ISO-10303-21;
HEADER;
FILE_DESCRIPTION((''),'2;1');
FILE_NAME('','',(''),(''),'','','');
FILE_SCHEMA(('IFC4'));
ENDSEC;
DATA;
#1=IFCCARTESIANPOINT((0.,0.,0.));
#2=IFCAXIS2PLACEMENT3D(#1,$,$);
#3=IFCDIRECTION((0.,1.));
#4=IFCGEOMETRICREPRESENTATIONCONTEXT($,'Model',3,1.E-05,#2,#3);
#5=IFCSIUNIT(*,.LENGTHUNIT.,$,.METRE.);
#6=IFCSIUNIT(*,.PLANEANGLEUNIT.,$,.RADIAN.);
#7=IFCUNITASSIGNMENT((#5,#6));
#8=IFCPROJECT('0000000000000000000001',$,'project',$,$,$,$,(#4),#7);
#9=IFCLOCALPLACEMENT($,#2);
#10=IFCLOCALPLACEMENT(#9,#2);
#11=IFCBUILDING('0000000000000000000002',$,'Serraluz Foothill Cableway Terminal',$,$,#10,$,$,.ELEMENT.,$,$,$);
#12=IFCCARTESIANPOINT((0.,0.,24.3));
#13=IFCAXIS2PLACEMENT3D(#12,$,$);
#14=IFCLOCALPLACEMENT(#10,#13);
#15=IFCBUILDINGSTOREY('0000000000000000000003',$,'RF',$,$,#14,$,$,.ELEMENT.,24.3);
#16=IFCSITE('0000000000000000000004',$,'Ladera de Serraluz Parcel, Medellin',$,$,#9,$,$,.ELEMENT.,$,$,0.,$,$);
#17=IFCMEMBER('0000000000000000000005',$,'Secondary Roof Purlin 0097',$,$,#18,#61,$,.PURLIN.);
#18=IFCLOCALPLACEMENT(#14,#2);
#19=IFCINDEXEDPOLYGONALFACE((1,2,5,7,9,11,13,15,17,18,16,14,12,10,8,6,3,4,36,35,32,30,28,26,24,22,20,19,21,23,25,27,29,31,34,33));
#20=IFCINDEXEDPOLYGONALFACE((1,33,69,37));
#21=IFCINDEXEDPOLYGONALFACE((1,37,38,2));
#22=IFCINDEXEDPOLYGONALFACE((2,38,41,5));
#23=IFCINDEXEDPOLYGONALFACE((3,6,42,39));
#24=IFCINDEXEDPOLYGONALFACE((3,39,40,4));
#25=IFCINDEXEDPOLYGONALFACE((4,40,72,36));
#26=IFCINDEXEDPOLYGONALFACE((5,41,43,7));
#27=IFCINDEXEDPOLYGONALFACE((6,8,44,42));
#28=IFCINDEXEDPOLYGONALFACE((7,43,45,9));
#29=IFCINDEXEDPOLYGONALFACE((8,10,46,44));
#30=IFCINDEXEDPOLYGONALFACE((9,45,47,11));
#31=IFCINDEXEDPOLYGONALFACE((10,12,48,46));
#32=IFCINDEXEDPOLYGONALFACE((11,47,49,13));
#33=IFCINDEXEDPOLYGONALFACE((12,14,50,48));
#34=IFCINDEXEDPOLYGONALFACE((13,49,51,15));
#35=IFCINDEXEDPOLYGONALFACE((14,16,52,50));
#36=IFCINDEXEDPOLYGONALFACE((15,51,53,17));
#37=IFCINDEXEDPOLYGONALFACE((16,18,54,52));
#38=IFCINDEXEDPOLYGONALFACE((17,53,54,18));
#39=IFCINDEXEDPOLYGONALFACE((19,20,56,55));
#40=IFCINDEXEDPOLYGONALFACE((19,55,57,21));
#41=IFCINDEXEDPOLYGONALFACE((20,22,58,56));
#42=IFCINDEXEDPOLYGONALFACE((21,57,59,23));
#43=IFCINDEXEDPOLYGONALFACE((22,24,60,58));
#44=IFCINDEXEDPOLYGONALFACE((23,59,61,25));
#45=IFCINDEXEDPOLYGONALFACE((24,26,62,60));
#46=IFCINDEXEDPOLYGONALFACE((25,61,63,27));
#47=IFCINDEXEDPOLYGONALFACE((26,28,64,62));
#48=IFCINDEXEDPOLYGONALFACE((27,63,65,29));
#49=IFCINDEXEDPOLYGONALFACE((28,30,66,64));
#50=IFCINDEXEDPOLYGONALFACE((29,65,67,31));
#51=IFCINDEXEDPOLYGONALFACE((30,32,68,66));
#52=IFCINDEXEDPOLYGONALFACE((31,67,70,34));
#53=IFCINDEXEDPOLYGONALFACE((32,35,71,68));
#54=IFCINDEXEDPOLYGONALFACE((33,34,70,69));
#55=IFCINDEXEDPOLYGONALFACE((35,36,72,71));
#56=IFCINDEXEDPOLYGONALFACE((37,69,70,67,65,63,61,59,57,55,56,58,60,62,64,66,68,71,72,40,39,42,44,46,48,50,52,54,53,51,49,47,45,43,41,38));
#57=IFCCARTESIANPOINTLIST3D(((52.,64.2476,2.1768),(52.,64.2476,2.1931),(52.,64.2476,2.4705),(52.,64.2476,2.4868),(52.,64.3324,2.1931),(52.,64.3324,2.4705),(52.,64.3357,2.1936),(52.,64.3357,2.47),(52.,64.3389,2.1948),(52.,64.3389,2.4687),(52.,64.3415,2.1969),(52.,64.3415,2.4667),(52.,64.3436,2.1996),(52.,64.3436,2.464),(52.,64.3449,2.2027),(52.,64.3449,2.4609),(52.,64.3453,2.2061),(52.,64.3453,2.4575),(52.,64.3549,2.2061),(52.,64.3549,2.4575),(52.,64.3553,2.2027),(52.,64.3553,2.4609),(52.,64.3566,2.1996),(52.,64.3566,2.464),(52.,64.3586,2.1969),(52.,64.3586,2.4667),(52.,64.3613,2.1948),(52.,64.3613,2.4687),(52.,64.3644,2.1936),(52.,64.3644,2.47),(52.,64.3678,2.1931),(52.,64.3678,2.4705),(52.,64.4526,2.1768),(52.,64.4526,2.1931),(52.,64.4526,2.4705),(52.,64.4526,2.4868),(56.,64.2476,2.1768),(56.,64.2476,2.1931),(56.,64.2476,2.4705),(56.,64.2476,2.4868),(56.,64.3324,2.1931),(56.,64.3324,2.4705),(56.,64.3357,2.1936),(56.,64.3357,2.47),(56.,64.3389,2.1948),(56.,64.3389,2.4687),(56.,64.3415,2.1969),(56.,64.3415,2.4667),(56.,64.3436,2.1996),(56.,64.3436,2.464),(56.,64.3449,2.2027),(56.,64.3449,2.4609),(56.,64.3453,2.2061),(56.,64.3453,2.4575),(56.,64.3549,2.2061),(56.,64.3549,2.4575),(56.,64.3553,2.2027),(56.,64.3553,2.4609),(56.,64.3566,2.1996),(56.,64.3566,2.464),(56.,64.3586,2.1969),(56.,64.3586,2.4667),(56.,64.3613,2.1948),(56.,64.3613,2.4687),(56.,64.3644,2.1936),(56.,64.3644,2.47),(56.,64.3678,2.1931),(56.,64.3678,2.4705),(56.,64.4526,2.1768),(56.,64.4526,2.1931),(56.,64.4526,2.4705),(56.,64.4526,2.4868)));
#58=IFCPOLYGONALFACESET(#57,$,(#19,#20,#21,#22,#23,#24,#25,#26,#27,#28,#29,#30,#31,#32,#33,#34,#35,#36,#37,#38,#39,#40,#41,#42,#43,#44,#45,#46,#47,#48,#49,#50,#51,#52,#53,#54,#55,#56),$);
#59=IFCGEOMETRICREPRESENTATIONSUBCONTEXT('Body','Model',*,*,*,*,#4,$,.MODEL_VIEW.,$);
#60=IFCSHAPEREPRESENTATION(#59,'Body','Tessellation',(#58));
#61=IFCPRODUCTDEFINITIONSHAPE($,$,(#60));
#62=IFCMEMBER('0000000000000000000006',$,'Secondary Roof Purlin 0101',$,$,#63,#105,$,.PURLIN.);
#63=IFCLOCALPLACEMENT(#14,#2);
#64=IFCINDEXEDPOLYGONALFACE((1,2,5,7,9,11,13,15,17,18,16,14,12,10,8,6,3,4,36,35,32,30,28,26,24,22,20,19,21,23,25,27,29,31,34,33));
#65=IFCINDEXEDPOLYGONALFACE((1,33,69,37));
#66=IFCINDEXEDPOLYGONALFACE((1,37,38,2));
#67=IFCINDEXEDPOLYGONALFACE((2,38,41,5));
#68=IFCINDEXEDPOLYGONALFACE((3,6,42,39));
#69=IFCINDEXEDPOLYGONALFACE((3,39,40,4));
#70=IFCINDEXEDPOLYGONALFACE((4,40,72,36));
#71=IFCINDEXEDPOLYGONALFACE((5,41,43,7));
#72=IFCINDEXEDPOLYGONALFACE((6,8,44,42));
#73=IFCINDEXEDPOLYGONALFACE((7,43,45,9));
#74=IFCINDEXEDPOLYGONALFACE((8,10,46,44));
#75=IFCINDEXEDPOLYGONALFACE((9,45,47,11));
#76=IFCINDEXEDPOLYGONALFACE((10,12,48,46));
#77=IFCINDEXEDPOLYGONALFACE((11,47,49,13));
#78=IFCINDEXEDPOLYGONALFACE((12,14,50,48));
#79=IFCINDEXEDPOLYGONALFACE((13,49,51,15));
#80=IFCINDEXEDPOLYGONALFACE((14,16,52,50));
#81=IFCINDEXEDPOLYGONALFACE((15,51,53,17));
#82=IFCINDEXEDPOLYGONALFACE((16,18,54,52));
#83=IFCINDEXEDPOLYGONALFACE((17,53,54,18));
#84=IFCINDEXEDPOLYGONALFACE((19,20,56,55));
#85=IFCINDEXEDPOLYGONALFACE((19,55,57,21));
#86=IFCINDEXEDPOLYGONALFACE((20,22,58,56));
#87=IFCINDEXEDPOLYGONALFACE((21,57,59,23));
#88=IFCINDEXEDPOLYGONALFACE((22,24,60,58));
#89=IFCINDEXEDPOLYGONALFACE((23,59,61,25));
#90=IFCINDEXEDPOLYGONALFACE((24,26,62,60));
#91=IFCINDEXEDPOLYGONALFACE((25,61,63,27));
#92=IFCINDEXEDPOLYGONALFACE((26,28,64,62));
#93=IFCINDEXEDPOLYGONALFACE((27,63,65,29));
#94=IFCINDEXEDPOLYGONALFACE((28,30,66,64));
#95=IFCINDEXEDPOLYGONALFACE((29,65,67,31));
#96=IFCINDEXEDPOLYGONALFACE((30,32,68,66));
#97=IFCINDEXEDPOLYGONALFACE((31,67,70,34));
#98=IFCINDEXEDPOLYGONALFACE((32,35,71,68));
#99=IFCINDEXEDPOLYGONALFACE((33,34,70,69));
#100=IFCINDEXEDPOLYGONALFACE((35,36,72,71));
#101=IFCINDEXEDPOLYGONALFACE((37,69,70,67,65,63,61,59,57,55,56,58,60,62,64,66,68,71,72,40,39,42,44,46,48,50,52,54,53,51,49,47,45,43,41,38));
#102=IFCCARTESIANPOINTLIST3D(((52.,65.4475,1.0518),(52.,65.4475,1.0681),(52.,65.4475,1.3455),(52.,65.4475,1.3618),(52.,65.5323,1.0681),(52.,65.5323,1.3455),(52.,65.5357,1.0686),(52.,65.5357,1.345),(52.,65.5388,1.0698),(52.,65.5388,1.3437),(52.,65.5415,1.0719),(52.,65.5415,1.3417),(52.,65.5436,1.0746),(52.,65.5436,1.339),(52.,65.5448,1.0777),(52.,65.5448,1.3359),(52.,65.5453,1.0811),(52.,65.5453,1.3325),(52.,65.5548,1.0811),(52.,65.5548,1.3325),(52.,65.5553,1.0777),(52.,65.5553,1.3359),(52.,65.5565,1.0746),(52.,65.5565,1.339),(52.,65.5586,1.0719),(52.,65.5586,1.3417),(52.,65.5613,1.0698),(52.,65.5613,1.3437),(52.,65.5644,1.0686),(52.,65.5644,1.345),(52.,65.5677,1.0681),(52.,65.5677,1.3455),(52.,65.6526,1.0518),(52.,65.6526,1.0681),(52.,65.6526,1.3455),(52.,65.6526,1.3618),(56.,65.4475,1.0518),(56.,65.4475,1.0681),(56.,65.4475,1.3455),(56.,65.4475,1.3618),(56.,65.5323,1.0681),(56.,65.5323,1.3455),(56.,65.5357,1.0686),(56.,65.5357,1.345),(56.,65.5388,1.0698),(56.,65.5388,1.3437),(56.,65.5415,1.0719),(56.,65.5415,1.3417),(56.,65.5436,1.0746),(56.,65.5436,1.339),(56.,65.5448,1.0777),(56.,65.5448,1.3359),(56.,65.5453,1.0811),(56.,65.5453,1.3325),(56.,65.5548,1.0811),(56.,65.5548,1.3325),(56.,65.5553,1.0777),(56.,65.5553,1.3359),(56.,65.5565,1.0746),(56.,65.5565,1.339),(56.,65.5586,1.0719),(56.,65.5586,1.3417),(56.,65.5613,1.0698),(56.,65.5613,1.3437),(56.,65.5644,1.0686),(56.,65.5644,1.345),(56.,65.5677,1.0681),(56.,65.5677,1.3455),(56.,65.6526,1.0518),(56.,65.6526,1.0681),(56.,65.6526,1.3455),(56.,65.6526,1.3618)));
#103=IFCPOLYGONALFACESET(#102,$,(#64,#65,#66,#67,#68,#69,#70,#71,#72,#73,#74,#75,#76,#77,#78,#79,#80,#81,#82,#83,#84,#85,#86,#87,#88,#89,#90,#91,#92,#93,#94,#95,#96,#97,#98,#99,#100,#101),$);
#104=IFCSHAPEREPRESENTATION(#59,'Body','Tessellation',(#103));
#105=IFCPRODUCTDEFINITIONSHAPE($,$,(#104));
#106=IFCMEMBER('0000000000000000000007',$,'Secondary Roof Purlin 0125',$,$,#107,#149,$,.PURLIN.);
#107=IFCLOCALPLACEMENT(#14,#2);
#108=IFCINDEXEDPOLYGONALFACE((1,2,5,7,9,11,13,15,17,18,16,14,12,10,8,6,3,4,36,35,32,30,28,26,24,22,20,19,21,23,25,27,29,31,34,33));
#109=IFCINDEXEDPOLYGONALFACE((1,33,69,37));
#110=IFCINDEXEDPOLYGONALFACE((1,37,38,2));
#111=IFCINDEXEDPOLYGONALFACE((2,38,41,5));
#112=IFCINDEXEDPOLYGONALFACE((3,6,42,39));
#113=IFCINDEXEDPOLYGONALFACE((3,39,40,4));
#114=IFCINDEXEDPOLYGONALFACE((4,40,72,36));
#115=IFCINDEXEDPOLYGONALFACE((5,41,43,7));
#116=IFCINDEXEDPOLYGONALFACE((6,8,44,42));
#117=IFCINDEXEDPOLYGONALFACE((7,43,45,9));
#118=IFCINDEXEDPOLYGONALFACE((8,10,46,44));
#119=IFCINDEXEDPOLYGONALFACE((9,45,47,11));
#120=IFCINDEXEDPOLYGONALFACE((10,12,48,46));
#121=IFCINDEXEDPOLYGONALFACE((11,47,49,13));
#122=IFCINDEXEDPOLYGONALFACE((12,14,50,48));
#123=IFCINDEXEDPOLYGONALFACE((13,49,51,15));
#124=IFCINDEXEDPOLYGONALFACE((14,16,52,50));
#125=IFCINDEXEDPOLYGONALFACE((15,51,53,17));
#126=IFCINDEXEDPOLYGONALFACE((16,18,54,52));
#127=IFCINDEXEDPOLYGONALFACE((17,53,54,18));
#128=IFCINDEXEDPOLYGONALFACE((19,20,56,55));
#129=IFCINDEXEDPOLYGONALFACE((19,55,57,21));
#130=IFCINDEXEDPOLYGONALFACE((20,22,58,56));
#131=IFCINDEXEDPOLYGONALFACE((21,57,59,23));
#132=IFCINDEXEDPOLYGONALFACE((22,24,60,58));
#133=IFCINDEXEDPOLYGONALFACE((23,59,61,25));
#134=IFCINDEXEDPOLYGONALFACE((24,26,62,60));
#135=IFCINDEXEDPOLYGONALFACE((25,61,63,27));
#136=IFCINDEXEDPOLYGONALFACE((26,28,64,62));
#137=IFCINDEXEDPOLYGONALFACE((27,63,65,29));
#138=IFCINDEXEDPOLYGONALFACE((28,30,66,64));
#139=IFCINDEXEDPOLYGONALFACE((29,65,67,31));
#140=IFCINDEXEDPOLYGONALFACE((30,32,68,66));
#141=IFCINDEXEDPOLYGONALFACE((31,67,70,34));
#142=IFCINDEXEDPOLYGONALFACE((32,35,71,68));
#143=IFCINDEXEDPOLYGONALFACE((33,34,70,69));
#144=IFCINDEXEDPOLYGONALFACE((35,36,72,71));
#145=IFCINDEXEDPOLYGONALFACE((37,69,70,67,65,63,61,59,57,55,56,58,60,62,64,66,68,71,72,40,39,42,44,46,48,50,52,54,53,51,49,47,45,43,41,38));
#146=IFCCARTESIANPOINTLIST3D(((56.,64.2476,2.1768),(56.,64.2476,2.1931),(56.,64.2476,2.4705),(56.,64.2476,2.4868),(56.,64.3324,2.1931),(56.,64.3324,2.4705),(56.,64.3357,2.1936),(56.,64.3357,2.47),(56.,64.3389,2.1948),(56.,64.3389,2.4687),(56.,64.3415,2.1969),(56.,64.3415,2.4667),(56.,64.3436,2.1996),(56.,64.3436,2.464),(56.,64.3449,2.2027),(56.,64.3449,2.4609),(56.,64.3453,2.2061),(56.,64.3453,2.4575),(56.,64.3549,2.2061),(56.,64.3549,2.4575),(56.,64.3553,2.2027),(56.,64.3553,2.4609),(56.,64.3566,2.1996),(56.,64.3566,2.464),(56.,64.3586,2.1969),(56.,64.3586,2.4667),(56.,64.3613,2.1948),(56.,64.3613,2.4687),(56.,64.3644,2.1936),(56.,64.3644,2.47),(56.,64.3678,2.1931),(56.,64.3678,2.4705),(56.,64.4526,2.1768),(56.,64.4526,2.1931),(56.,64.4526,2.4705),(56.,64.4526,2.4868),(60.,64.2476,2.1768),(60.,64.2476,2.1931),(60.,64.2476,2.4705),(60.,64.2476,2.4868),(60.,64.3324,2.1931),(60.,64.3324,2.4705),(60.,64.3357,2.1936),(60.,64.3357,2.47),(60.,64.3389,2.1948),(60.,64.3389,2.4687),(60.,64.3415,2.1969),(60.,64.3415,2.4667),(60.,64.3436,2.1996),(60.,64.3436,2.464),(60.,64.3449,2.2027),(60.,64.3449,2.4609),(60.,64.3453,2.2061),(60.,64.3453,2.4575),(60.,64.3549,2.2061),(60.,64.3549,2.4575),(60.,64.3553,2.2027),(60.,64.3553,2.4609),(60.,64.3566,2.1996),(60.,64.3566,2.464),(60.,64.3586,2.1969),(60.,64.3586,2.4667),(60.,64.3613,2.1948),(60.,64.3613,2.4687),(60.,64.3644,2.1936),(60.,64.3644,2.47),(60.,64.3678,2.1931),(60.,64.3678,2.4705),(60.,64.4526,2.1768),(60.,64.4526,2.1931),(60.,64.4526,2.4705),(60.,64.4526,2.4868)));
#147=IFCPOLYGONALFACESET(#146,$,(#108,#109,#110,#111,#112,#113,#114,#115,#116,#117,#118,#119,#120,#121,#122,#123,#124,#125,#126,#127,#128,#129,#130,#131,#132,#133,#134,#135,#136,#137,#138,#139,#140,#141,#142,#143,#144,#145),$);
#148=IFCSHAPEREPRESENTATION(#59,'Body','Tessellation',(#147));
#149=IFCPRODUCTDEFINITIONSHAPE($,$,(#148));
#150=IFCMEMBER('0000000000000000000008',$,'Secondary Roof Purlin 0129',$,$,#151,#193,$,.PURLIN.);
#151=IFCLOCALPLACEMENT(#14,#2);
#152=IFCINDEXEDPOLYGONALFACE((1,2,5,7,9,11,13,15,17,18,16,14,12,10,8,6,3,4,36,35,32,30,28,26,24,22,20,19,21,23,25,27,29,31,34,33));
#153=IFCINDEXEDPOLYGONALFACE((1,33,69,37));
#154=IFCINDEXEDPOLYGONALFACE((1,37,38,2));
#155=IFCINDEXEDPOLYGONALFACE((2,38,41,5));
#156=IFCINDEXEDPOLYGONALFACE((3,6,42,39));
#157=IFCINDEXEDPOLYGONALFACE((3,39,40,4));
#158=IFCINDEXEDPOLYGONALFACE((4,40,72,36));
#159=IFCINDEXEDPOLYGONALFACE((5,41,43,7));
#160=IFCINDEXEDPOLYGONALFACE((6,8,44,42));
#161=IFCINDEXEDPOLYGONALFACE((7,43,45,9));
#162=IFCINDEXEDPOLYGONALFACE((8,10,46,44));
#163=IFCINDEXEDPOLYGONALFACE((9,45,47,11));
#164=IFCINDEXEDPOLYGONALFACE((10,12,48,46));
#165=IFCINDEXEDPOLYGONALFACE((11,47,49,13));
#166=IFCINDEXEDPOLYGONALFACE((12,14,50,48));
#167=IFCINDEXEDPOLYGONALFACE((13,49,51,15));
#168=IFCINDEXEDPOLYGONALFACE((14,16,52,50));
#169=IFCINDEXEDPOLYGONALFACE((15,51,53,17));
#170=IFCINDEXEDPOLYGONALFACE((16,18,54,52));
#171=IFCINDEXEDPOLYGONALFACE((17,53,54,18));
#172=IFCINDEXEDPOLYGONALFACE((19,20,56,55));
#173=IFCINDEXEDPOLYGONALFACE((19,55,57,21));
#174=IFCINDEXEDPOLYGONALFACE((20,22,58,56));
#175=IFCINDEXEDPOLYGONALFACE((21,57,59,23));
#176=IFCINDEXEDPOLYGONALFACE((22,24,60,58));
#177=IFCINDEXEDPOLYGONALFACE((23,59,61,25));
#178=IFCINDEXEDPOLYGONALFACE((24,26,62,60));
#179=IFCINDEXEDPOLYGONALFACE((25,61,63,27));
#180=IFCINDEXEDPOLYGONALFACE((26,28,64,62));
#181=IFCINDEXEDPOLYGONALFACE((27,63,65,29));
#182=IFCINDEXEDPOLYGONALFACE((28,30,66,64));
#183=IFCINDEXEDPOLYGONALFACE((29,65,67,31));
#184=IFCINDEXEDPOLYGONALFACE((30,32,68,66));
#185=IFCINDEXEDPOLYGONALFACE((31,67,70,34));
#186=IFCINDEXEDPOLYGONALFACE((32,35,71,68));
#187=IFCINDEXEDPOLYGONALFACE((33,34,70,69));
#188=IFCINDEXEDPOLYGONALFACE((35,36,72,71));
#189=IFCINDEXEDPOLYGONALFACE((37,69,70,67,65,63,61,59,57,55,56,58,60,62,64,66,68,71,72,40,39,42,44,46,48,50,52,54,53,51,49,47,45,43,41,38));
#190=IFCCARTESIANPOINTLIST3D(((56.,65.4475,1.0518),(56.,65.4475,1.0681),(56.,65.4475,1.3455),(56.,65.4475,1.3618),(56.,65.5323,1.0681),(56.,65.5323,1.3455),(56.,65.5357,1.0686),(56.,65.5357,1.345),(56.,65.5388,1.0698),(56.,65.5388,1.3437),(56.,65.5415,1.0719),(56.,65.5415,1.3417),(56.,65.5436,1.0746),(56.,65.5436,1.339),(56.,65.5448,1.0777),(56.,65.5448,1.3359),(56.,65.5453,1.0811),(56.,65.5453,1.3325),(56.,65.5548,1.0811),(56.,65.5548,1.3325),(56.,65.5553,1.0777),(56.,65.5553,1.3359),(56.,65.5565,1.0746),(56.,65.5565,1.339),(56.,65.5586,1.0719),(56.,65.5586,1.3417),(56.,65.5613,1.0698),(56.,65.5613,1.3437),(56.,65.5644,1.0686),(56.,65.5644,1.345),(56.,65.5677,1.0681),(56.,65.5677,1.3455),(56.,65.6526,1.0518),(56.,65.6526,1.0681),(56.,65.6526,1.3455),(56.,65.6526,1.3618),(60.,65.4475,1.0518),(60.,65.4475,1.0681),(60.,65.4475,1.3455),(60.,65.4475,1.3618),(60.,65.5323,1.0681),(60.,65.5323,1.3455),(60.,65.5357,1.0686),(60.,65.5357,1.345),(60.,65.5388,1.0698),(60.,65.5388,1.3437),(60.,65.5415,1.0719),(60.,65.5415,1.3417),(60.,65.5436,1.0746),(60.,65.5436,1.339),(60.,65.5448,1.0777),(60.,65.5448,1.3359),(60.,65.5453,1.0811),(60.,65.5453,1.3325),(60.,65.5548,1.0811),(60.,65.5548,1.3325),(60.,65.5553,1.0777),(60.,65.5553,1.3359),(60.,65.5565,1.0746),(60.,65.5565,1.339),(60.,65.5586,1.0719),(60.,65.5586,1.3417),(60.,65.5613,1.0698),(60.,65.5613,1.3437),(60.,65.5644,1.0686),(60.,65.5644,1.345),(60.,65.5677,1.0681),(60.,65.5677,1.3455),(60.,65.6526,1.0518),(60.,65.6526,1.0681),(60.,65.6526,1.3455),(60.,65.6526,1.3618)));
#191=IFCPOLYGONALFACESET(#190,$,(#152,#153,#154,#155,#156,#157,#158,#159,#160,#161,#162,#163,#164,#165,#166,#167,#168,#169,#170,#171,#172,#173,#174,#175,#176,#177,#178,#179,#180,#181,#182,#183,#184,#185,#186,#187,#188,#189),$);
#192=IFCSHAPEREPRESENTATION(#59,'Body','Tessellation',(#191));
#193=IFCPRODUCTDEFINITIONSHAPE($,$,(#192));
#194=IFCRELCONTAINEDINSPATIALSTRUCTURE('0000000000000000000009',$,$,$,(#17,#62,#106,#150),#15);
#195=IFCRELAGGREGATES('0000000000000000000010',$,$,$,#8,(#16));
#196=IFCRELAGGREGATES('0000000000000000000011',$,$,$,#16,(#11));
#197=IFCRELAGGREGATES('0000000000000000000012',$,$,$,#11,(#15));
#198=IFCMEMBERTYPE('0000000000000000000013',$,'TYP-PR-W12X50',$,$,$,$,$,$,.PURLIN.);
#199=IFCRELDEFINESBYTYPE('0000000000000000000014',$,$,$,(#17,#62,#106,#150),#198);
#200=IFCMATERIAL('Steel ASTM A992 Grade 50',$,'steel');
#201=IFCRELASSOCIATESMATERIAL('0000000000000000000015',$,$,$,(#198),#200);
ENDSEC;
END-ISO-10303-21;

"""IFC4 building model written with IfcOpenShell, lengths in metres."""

from ifc_helpers import new_model, si_unit, direction, frame, origin, origin_2d, place, context, subcontext, project, spatial, i_section, extrude, material, material_profile, profile_set, type_object, element, save


model = new_model("IFC4")

# Units and contexts
model_context = context("Model", 3, precision=1e-05, world=origin(), true_north=direction((0.0, 1.0)))
body_context = subcontext(model_context, "Body", "Model", "MODEL_VIEW")
ifc_project = project(units=[si_unit("LENGTHUNIT", "METRE"), si_unit("PLANEANGLEUNIT", "RADIAN")], contexts=[model_context])

# Site, building, storey
site_placement = place(None, origin())
site = spatial("IfcSite", under=ifc_project, at=site_placement, Name="Ladera de Serraluz Parcel, Medellin", CompositionType="ELEMENT", RefElevation=0.0)
building_placement = place(site_placement, origin())
building = spatial("IfcBuilding", under=site, at=building_placement, Name="Serraluz Foothill Cableway Terminal", CompositionType="ELEMENT")
storey_placement = place(building_placement, frame((0.0, 0.0, 24.3)))
storey = spatial("IfcBuildingStorey", under=building, at=storey_placement, Name="RF", CompositionType="ELEMENT", Elevation=24.3)

# Members
ifc_material_1 = material(Name="Steel ASTM A992 Grade 50", Category="steel")
ifc_material_profile_1 = material_profile(ifc_material_1, i_section(OverallWidth=0.2051, OverallDepth=0.3101, WebThickness=0.0095, FlangeThickness=0.0164, FilletRadius=0.0129, at=origin_2d()), Name="W12X50")
ifc_profile_set_1 = profile_set([ifc_material_profile_1], Name="Steel ASTM A992 Grade 50")
member_type_1 = type_object("IfcMemberType", Name="TYP-PR-W12X50", PredefinedType="PURLIN", material=ifc_profile_set_1)
for number, where, z_axis, x_axis, name in (
    (1, (52.0, 64.3501, 2.3318), (1.0, 0.0, 0.0), (0.0, 1.0, 0.0), "Secondary Roof Purlin 0097"),
    (2, (52.0, 65.55, 1.2068), (1.0, 0.0, 0.0), (0.0, 1.0, 0.0), "Secondary Roof Purlin 0101"),
    (3, (56.0, 64.3501, 2.3318), (1.0, 0.0, 0.0), (0.0, 1.0, 0.0), "Secondary Roof Purlin 0125"),
    (4, (56.0, 65.55, 1.2068), (1.0, 0.0, 0.0), (0.0, 1.0, 0.0), "Secondary Roof Purlin 0129"),
):
    element("IfcMember", number, at=place(storey_placement, frame(where, z_axis=z_axis, x_axis=x_axis)), inside=storey, type_object=member_type_1, Name=name, PredefinedType="PURLIN", context=body_context, shape_type="SweptSolid", body=[
        extrude(i_section(OverallWidth=0.2051, OverallDepth=0.3101, WebThickness=0.0095, FlangeThickness=0.0164, FilletRadius=0.0129, at=origin_2d()), origin(), (0.0, 0.0, 1.0), 4.0),
    ])

save(model, "model.ifc")
